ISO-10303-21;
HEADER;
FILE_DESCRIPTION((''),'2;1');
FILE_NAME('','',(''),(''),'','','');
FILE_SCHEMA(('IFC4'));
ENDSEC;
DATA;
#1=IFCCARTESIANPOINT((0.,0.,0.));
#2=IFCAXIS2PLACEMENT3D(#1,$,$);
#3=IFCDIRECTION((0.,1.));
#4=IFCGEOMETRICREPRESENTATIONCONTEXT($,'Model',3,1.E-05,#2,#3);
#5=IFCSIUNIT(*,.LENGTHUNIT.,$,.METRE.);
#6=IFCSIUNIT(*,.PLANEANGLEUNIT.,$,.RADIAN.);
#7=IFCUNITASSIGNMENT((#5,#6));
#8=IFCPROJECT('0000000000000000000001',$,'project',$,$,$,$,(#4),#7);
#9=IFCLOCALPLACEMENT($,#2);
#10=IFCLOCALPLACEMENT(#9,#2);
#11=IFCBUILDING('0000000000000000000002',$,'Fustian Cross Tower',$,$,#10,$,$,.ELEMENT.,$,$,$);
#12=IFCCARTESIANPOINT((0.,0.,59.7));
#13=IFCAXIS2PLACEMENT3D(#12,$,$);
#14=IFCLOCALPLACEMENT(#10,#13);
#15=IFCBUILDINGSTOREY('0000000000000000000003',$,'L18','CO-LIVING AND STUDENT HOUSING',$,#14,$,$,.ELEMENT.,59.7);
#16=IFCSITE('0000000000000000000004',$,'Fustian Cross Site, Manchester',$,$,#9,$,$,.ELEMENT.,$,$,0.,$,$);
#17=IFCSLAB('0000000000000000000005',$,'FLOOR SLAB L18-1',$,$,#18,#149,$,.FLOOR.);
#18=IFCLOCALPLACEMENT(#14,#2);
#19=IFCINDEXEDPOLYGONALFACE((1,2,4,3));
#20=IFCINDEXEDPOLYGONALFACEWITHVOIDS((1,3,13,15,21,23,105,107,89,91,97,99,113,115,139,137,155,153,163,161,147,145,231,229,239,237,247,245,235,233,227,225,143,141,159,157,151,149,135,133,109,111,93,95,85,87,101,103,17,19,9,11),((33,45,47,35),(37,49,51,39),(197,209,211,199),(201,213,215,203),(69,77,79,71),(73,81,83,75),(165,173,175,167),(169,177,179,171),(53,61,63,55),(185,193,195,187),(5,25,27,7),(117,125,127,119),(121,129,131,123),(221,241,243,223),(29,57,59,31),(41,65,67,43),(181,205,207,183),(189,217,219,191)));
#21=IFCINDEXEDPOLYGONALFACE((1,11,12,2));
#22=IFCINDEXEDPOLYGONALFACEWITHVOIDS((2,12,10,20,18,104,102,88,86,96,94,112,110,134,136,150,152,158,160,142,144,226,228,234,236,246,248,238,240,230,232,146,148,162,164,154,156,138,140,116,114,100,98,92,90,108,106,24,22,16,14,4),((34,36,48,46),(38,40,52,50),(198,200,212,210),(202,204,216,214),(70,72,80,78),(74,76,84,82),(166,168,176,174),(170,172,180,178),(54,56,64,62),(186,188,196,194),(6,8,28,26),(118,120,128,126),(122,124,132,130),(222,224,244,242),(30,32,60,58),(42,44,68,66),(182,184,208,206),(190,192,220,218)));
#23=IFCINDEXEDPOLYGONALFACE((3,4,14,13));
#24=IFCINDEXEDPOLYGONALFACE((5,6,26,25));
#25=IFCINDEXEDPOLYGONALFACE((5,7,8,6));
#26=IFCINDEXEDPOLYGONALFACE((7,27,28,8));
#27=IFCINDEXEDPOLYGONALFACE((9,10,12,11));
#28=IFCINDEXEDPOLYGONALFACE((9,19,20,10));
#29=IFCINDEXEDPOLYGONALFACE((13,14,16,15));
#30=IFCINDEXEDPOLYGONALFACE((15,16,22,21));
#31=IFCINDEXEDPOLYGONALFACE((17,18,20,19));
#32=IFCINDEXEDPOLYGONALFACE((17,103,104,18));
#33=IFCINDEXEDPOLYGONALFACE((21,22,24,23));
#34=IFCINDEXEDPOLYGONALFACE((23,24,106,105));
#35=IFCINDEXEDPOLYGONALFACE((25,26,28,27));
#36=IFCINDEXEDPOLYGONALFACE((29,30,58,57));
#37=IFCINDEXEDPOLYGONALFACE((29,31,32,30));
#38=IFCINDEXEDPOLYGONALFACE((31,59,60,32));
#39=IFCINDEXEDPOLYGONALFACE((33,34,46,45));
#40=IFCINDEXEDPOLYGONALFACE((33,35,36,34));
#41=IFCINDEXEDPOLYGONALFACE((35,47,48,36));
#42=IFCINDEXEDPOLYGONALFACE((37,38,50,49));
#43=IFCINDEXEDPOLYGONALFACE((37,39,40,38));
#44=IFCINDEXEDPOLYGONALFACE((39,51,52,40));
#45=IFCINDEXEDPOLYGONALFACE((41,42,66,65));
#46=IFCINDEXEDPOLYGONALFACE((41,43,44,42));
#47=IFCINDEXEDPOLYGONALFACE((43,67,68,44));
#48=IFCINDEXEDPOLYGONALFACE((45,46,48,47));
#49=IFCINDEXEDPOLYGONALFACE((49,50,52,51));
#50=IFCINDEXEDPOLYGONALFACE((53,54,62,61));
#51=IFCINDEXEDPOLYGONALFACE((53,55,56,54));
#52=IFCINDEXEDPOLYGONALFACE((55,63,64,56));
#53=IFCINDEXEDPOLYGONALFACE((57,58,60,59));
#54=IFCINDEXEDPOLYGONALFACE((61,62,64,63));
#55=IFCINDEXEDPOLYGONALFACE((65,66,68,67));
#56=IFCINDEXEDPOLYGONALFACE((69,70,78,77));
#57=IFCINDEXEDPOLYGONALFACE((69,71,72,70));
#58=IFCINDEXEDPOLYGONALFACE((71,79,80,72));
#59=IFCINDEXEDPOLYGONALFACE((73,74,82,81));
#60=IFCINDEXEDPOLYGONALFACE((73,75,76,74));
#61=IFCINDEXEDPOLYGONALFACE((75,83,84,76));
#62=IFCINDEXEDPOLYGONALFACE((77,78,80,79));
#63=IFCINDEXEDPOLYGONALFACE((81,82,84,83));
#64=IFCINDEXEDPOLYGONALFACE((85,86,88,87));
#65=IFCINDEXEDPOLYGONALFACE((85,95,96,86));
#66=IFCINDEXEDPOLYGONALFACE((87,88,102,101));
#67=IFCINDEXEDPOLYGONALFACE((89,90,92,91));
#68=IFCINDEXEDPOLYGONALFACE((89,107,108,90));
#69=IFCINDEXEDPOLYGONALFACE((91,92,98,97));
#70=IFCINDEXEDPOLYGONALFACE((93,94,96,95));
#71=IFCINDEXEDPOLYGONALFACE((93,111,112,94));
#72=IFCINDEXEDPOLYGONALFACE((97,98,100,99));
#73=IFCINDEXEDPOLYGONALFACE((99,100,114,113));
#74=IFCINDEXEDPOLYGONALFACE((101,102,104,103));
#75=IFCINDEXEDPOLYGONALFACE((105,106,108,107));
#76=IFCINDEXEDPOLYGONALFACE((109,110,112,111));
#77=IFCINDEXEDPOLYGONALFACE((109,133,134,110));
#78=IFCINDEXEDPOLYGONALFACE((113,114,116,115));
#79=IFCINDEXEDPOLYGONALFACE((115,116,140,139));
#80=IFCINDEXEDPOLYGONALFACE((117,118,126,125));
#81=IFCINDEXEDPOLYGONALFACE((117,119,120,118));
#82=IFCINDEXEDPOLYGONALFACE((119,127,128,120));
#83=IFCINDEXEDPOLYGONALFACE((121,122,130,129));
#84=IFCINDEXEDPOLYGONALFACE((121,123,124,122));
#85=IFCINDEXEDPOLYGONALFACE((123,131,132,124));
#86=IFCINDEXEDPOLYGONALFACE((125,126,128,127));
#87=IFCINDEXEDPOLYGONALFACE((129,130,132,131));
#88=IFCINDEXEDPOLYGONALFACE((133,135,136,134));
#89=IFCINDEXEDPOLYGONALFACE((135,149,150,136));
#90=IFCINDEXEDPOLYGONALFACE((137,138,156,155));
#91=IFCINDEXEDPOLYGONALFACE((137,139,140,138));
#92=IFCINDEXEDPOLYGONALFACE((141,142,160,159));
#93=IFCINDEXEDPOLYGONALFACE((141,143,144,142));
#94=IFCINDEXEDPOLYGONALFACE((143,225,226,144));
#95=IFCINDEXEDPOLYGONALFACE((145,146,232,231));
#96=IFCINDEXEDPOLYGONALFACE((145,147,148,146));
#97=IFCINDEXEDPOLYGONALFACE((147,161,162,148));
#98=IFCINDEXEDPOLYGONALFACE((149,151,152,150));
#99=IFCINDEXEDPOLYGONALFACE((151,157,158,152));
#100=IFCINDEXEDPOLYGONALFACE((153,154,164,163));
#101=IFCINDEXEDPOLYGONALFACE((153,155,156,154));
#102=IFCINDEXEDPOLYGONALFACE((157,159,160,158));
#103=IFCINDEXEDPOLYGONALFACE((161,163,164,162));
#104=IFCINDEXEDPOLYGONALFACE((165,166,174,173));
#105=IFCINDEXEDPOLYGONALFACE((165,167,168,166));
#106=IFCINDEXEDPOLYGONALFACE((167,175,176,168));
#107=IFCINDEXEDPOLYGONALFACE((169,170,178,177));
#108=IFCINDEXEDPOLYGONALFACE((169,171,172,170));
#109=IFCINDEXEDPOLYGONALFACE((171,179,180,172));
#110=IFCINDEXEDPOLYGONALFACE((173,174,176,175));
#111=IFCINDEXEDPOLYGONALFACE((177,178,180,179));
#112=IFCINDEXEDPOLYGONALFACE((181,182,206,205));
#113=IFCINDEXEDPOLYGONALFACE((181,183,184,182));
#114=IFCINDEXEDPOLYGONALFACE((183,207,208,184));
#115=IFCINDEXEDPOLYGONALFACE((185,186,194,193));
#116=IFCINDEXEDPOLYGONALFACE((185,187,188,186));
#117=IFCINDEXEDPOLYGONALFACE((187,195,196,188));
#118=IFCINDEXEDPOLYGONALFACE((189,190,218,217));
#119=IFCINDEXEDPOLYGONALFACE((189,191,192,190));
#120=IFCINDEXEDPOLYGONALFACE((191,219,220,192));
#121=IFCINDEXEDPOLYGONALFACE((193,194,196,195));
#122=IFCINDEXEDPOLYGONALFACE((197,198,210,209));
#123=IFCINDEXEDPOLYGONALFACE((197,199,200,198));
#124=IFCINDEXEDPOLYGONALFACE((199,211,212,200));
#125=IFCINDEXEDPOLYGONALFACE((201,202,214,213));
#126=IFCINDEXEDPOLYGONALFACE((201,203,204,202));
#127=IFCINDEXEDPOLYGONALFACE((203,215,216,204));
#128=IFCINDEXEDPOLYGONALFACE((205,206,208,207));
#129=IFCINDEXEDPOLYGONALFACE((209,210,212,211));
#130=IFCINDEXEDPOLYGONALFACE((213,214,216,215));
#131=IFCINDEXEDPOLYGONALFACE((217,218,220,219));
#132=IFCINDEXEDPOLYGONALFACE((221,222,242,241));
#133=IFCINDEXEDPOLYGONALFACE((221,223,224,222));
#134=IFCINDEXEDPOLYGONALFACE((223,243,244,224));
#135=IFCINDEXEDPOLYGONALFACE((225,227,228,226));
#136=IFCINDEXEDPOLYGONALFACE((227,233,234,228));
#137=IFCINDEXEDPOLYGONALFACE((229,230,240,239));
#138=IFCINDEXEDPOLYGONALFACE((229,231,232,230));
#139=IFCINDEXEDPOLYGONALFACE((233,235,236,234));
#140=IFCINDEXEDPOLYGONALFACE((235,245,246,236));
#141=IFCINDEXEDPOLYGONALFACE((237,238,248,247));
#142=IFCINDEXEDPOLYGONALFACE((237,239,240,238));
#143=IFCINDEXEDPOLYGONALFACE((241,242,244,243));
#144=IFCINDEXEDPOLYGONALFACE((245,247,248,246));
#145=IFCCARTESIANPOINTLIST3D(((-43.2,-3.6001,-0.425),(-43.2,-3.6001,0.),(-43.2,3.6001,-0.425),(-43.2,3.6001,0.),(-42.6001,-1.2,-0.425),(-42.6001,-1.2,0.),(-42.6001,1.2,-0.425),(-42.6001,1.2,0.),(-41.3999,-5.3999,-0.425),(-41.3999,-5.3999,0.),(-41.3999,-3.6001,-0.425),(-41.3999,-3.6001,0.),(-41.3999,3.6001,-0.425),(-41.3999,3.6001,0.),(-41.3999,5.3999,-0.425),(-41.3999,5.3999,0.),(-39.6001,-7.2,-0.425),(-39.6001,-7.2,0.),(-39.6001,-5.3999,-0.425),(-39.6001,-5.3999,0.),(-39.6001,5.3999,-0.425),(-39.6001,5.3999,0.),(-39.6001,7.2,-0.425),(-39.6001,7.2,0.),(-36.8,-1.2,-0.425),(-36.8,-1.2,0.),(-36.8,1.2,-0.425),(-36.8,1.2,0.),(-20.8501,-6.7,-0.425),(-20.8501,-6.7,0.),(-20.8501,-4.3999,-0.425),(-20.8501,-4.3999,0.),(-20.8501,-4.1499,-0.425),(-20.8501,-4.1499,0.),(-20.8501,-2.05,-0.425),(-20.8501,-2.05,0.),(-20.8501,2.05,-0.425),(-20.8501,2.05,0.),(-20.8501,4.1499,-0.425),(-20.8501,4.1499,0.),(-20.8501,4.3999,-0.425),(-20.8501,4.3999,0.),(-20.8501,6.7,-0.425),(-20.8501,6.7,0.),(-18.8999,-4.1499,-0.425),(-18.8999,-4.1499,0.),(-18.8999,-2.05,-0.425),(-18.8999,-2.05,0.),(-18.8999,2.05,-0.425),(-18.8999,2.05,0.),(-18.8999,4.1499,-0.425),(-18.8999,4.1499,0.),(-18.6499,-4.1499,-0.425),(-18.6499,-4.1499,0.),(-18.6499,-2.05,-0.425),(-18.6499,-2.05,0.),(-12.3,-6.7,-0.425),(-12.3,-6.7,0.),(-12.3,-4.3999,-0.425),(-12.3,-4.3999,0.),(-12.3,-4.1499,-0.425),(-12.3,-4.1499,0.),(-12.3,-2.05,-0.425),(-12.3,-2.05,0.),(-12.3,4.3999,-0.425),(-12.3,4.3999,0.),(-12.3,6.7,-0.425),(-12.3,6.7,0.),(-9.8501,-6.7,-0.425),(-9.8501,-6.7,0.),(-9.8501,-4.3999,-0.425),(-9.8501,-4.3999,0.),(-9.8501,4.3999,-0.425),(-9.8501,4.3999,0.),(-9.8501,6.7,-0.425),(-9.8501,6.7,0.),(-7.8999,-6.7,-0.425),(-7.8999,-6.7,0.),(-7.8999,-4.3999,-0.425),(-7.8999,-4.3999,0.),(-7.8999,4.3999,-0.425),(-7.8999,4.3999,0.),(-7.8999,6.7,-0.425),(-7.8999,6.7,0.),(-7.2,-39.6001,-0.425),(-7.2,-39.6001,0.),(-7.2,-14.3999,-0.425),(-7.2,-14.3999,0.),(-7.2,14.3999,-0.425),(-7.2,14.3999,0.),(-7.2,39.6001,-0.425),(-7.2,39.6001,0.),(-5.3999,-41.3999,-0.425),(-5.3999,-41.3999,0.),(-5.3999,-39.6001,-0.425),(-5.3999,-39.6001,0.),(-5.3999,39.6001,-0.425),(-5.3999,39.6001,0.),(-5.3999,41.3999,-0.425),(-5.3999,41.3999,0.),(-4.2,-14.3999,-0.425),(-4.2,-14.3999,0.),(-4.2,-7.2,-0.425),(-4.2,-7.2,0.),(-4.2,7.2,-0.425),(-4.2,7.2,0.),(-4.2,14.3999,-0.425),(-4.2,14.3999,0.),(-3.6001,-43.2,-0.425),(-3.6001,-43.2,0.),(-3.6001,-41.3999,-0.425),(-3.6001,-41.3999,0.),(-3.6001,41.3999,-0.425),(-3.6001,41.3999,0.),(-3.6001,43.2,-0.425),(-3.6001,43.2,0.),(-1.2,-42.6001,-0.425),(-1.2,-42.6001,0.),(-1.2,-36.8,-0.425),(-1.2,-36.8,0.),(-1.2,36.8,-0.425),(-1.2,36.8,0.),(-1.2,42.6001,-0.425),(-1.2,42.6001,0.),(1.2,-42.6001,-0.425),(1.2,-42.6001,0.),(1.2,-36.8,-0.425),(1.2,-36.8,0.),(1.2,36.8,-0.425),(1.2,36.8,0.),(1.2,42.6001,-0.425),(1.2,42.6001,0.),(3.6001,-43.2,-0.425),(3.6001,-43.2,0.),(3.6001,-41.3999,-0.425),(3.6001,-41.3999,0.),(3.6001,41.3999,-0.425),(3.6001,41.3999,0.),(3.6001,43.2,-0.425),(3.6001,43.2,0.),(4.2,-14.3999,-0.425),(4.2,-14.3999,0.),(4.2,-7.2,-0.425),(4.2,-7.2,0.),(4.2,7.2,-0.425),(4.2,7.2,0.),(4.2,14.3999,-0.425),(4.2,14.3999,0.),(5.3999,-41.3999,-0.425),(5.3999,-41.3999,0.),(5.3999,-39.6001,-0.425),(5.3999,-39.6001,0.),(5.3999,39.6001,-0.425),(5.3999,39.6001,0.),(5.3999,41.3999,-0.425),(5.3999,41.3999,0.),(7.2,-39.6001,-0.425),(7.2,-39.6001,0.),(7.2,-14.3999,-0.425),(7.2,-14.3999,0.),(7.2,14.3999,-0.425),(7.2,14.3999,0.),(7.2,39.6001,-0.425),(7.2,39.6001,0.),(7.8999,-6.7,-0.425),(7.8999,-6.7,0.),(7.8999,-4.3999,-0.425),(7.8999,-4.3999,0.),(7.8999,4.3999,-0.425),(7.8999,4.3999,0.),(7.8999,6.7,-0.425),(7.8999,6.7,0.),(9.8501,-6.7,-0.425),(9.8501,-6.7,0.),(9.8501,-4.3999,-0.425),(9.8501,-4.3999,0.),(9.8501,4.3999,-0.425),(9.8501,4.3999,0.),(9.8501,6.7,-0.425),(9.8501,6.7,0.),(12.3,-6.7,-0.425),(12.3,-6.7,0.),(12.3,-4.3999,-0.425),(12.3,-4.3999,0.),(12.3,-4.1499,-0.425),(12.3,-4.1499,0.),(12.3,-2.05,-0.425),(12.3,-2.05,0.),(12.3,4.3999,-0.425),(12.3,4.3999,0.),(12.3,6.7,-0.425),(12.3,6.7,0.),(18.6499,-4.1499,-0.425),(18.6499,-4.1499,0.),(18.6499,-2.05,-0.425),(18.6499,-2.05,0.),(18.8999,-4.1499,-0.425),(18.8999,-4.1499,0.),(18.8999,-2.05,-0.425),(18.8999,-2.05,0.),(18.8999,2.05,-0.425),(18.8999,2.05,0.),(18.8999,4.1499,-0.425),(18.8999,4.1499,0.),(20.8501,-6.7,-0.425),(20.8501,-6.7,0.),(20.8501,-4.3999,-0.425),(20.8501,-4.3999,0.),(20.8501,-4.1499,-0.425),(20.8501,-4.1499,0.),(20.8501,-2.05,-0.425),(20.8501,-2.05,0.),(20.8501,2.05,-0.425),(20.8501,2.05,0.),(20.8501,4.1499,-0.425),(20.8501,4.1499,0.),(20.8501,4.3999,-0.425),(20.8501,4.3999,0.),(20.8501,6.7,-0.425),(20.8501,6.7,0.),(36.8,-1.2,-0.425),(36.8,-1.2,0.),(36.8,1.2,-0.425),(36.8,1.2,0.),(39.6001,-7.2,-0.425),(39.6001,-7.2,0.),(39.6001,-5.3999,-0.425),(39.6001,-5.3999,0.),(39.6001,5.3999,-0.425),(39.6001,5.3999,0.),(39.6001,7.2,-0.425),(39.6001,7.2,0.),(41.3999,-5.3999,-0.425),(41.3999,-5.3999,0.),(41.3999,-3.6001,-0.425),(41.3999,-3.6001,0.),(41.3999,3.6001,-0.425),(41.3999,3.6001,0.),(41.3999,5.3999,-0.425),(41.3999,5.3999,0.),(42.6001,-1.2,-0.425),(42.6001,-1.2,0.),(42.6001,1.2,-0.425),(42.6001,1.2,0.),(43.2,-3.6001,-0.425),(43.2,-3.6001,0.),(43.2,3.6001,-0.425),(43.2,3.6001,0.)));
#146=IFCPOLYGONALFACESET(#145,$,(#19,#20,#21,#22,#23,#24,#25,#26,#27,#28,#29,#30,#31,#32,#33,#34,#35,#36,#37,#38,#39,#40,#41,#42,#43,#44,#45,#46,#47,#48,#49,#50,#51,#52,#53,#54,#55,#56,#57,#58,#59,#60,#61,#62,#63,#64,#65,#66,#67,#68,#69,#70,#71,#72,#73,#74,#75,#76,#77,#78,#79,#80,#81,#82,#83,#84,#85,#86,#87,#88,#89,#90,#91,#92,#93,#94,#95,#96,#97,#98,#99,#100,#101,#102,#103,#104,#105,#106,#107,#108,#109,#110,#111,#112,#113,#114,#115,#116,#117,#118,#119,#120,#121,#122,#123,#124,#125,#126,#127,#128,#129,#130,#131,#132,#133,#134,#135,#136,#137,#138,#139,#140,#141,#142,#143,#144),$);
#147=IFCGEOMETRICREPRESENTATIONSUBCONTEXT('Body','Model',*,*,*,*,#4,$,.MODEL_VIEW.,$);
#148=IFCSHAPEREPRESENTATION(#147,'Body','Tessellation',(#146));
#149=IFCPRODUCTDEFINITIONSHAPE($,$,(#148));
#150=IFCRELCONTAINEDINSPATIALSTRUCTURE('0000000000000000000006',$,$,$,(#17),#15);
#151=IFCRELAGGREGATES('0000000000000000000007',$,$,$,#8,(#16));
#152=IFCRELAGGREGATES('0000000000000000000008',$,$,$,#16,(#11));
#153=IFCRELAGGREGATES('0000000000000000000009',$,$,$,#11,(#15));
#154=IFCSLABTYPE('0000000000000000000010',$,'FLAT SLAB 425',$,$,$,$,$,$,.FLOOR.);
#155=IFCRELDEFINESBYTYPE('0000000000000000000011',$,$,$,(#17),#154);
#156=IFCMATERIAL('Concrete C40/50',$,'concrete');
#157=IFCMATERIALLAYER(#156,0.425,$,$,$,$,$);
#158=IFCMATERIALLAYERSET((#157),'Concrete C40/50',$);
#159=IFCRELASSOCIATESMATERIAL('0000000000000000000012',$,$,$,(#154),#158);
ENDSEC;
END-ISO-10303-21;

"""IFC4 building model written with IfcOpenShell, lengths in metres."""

from ifc_helpers import new_model, si_unit, direction, frame, origin, place, context, subcontext, project, spatial, polyline, outline, extrude, material, layer, layer_set, type_object, element, save


model = new_model("IFC4")

# Units and contexts
model_context = context("Model", 3, precision=1e-05, world=origin(), true_north=direction((0.0, 1.0)))
body_context = subcontext(model_context, "Body", "Model", "MODEL_VIEW")
ifc_project = project(units=[si_unit("LENGTHUNIT", "METRE"), si_unit("PLANEANGLEUNIT", "RADIAN")], contexts=[model_context])

# Site, building, storey
site_placement = place(None, origin())
site = spatial("IfcSite", under=ifc_project, at=site_placement, Name="Fustian Cross Site, Manchester", CompositionType="ELEMENT", RefElevation=0.0)
building_placement = place(site_placement, origin())
building = spatial("IfcBuilding", under=site, at=building_placement, Name="Fustian Cross Tower", CompositionType="ELEMENT")
storey_placement = place(building_placement, frame((0.0, 0.0, 59.7)))
storey = spatial("IfcBuildingStorey", under=building, at=storey_placement, Name="L18", Description="CO-LIVING AND STUDENT HOUSING", CompositionType="ELEMENT", Elevation=59.7)

# Slab
ifc_material_1 = material(Name="Concrete C40/50", Category="concrete")
ifc_layer_1 = layer(ifc_material_1, 0.425)
ifc_layer_set_1 = layer_set([ifc_layer_1], Name="Concrete C40/50")
slab_type_1 = type_object("IfcSlabType", Name="FLAT SLAB 425", PredefinedType="FLOOR", material=ifc_layer_set_1)
slab_1_placement = place(storey_placement, frame((0.0, 0.0, -0.425)))
element("IfcSlab", 1, at=slab_1_placement, inside=storey, type_object=slab_type_1, Name="FLOOR SLAB L18-1", PredefinedType="FLOOR", context=body_context, shape_type="SweptSolid", body=[
    extrude(outline(polyline([(-4.2, -7.2), (-39.6001, -7.2), (-39.6001, -5.3999), (-41.3999, -5.3999), (-41.3999, -3.6001), (-43.2, -3.6001), (-43.2, 3.6001), (-41.3999, 3.6001), (-41.3999, 5.3999), (-39.6001, 5.3999), (-39.6001, 7.2), (-4.2, 7.2), (-4.2, 14.3999), (-7.2, 14.3999), (-7.2, 39.6001), (-5.3999, 39.6001), (-5.3999, 41.3999), (-3.6001, 41.3999), (-3.6001, 43.2), (3.6001, 43.2), (3.6001, 41.3999), (5.3999, 41.3999), (5.3999, 39.6001), (7.2, 39.6001), (7.2, 14.3999), (4.2, 14.3999), (4.2, 7.2), (39.6001, 7.2), (39.6001, 5.3999), (41.3999, 5.3999), (41.3999, 3.6001), (43.2, 3.6001), (43.2, -3.6001), (41.3999, -3.6001), (41.3999, -5.3999), (39.6001, -5.3999), (39.6001, -7.2), (4.2, -7.2), (4.2, -14.3999), (7.2, -14.3999), (7.2, -39.6001), (5.3999, -39.6001), (5.3999, -41.3999), (3.6001, -41.3999), (3.6001, -43.2), (-3.6001, -43.2), (-3.6001, -41.3999), (-5.3999, -41.3999), (-5.3999, -39.6001), (-7.2, -39.6001), (-7.2, -14.3999), (-4.2, -14.3999), (-4.2, -7.2)]), holes=[polyline([(18.8999, -2.05), (18.8999, -4.1499), (20.8501, -4.1499), (20.8501, -2.05), (18.8999, -2.05)]), polyline([(20.8501, 4.1499), (18.8999, 4.1499), (18.8999, 2.05), (20.8501, 2.05), (20.8501, 4.1499)]), polyline([(9.8501, 4.3999), (9.8501, 6.7), (7.8999, 6.7), (7.8999, 4.3999), (9.8501, 4.3999)]), polyline([(7.8999, -6.7), (9.8501, -6.7), (9.8501, -4.3999), (7.8999, -4.3999), (7.8999, -6.7)]), polyline([(-20.8501, -2.05), (-20.8501, -4.1499), (-18.8999, -4.1499), (-18.8999, -2.05), (-20.8501, -2.05)]), polyline([(-18.8999, 4.1499), (-20.8501, 4.1499), (-20.8501, 2.05), (-18.8999, 2.05), (-18.8999, 4.1499)]), polyline([(-7.8999, 4.3999), (-7.8999, 6.7), (-9.8501, 6.7), (-9.8501, 4.3999), (-7.8999, 4.3999)]), polyline([(-9.8501, -6.7), (-7.8999, -6.7), (-7.8999, -4.3999), (-9.8501, -4.3999), (-9.8501, -6.7)]), polyline([(12.3, -2.05), (12.3, -4.1499), (18.6499, -4.1499), (18.6499, -2.05), (12.3, -2.05)]), polyline([(-12.3, -2.05), (-18.6499, -2.05), (-18.6499, -4.1499), (-12.3, -4.1499), (-12.3, -2.05)]), polyline([(20.8501, 4.3999), (20.8501, 6.7), (12.3, 6.7), (12.3, 4.3999), (20.8501, 4.3999)]), polyline([(12.3, -6.7), (20.8501, -6.7), (20.8501, -4.3999), (12.3, -4.3999), (12.3, -6.7)]), polyline([(-20.8501, 6.7), (-20.8501, 4.3999), (-12.3, 4.3999), (-12.3, 6.7), (-20.8501, 6.7)]), polyline([(-12.3, -4.3999), (-20.8501, -4.3999), (-20.8501, -6.7), (-12.3, -6.7), (-12.3, -4.3999)]), polyline([(1.2, 36.8), (1.2, 42.6001), (-1.2, 42.6001), (-1.2, 36.8), (1.2, 36.8)]), polyline([(-1.2, -42.6001), (1.2, -42.6001), (1.2, -36.8), (-1.2, -36.8), (-1.2, -42.6001)]), polyline([(36.8, 1.2), (36.8, -1.2), (42.6001, -1.2), (42.6001, 1.2), (36.8, 1.2)]), polyline([(-36.8, 1.2), (-42.6001, 1.2), (-42.6001, -1.2), (-36.8, -1.2), (-36.8, 1.2)])]), origin(), (0.0, 0.0, 1.0), 0.425),
])

save(model, "model.ifc")
